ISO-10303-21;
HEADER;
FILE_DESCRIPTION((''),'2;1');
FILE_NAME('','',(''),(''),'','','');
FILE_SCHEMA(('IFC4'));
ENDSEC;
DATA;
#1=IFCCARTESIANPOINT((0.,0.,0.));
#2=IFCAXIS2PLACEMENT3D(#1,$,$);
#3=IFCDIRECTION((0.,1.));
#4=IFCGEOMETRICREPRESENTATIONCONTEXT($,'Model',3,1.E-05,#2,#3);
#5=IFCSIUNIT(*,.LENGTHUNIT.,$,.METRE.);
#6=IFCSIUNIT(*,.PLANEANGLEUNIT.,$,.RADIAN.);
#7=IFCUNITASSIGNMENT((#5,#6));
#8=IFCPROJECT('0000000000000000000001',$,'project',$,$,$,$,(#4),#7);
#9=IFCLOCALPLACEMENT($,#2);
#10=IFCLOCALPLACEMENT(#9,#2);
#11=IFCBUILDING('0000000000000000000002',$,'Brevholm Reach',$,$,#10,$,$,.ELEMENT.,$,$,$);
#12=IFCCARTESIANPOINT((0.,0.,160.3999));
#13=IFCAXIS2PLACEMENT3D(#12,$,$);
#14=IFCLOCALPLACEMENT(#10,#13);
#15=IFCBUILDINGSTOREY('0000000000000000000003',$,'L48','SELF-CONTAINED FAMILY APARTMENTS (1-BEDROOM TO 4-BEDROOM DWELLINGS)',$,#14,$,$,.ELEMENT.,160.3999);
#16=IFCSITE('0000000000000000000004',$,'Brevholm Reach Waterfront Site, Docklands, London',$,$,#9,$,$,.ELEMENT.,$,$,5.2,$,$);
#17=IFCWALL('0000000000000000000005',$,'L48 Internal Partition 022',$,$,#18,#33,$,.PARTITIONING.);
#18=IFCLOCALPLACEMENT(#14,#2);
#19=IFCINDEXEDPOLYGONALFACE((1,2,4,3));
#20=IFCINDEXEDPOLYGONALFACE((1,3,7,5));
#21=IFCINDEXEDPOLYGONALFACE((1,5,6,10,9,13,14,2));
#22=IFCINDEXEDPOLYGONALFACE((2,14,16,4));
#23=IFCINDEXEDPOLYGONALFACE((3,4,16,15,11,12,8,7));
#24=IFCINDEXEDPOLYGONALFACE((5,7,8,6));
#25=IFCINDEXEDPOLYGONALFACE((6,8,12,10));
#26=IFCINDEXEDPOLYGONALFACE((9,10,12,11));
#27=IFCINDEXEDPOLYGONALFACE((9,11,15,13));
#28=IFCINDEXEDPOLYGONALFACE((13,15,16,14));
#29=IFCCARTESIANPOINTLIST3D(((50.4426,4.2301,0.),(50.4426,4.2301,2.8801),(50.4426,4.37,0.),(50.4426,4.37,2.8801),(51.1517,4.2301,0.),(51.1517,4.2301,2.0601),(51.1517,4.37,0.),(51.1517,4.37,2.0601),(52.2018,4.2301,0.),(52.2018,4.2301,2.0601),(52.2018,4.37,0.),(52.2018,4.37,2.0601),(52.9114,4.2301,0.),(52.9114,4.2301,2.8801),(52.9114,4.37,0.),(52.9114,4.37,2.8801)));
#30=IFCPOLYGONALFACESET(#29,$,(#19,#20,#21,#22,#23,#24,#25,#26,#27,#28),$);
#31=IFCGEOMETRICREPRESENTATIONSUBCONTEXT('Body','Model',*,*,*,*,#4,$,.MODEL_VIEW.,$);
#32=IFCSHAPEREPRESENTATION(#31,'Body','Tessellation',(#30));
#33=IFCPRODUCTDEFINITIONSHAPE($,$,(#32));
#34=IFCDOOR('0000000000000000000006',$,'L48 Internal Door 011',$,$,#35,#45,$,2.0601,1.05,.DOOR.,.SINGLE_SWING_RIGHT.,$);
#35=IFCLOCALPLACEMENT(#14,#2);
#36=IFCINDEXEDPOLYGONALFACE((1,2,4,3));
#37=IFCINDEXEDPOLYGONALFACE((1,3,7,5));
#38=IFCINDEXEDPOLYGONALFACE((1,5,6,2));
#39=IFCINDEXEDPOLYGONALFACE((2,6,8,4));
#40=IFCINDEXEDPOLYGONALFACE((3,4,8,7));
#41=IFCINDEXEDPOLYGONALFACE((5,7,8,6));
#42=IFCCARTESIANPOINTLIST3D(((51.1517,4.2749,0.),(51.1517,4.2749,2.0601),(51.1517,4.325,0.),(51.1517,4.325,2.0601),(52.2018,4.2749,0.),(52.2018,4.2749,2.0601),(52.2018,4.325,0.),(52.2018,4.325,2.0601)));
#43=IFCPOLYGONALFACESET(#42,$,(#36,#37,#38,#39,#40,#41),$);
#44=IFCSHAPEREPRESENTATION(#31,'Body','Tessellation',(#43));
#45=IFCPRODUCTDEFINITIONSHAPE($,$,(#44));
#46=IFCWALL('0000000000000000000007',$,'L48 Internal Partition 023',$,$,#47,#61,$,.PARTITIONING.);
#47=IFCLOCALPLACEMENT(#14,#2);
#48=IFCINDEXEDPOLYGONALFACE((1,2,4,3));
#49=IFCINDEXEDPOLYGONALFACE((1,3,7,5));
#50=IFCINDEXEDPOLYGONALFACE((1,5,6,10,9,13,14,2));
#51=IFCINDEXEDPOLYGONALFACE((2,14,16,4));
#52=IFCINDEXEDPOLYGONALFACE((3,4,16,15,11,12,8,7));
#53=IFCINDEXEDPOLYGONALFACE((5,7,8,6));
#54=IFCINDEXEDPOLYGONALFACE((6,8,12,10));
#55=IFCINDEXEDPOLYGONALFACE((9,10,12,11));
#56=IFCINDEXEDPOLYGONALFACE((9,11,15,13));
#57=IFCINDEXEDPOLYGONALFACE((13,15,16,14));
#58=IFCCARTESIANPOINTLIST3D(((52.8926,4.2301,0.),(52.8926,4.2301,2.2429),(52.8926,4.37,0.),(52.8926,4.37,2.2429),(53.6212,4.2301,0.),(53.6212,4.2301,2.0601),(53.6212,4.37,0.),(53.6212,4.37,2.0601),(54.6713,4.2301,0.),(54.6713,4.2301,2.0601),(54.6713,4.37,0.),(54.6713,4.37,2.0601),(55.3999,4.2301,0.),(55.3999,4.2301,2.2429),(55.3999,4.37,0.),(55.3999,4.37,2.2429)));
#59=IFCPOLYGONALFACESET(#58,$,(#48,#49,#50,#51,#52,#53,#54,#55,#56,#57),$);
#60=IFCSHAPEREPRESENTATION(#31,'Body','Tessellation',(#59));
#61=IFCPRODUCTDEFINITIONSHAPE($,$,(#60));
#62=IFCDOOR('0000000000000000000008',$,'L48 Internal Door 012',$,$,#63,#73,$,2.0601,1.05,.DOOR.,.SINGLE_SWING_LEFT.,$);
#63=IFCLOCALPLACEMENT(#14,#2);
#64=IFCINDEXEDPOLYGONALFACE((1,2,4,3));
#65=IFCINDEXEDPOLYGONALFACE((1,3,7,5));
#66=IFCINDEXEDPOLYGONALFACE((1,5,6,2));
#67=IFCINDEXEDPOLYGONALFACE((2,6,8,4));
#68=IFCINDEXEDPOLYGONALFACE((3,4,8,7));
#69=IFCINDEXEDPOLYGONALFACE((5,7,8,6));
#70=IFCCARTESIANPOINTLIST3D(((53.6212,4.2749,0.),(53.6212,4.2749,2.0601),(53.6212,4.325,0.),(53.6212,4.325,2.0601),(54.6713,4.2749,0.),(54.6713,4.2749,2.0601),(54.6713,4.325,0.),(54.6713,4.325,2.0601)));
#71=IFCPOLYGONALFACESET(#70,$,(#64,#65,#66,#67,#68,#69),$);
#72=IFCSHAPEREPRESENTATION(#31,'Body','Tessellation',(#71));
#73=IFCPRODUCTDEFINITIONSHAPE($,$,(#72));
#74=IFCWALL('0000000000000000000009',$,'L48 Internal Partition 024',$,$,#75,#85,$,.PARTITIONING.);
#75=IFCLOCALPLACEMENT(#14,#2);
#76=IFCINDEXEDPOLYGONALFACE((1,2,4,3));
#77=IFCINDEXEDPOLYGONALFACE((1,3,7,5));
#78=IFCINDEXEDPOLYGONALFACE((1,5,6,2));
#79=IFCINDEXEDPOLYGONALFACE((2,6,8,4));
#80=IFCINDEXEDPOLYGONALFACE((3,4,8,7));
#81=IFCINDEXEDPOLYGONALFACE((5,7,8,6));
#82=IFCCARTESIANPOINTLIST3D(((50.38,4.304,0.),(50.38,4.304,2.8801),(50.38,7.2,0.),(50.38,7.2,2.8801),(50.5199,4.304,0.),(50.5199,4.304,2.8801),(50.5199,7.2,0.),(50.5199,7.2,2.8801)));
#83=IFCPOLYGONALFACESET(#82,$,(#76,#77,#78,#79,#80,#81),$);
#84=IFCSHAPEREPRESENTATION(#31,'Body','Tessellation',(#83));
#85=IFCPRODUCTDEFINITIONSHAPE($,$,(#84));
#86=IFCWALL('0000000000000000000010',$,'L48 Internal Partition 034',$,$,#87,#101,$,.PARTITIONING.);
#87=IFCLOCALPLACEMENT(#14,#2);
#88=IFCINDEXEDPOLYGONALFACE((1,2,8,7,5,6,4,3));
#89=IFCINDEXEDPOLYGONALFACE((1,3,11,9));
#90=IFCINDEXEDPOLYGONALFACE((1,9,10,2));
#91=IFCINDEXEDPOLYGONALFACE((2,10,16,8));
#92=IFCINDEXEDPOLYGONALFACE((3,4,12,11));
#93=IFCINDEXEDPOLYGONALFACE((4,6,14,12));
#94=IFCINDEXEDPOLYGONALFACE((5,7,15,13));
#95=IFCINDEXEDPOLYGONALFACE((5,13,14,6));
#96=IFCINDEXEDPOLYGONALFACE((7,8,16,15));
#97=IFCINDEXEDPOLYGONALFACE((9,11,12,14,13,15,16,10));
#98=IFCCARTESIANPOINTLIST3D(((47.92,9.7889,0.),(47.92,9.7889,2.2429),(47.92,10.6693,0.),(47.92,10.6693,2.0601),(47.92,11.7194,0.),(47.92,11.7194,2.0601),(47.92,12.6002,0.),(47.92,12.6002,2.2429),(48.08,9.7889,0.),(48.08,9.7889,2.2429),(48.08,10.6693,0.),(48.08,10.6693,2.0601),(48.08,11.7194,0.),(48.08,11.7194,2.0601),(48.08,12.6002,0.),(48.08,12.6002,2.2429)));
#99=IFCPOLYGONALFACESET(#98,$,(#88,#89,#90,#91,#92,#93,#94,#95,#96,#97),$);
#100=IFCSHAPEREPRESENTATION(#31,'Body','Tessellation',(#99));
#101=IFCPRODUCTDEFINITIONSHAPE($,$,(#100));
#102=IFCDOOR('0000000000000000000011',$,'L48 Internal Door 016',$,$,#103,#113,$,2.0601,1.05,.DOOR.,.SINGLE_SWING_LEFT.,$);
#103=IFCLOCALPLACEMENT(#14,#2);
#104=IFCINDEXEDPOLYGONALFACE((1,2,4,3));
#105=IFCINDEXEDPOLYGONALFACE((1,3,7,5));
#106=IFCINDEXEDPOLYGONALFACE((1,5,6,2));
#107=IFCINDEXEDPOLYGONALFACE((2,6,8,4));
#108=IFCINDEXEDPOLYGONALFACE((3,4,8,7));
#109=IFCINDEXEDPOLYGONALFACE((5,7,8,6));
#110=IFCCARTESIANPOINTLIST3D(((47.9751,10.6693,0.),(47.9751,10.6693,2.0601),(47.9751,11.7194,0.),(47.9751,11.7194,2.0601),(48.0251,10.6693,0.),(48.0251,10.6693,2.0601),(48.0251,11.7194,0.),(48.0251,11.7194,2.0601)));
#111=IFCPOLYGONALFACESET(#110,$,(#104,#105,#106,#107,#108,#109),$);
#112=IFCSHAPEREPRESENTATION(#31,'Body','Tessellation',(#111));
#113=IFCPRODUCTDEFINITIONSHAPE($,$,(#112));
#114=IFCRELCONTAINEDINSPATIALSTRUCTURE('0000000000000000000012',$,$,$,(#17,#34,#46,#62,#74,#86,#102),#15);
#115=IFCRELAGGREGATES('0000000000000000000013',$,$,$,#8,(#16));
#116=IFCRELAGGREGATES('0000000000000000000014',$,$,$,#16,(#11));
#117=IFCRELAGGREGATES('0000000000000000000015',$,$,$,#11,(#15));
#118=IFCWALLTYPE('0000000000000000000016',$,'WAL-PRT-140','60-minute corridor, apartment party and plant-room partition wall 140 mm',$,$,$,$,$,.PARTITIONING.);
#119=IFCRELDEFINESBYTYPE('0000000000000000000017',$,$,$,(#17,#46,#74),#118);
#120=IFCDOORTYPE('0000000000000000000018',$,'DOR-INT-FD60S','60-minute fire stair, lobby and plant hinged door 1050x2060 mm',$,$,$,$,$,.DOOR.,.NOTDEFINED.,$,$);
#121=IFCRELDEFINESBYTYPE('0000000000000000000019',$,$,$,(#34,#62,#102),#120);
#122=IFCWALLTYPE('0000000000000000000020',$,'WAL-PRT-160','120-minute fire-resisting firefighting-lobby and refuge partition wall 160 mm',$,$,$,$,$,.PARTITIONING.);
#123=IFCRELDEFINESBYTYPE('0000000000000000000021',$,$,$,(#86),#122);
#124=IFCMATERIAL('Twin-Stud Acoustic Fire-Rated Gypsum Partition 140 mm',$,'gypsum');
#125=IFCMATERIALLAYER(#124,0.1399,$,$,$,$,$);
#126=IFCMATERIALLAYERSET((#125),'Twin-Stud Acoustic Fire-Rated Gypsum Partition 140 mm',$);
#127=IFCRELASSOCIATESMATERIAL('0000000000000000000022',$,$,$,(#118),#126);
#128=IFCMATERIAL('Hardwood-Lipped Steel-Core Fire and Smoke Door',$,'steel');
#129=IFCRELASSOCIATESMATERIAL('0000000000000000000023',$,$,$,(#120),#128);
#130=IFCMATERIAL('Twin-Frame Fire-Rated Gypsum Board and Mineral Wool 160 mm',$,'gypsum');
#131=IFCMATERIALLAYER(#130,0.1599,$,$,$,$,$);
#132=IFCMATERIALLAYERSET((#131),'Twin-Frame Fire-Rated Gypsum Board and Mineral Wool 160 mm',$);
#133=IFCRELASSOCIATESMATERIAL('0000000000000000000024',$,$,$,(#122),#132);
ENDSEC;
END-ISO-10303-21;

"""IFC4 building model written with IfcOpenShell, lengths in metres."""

from ifc_helpers import new_model, si_unit, direction, frame, frame_2d, origin, place, context, subcontext, project, spatial, rectangle, extrude, material, layer, layer_set, type_object, element, fill, save


model = new_model("IFC4")

# Units and contexts
model_context = context("Model", 3, precision=1e-05, world=origin(), true_north=direction((0.0, 1.0)))
body_context = subcontext(model_context, "Body", "Model", "MODEL_VIEW")
ifc_project = project(units=[si_unit("LENGTHUNIT", "METRE"), si_unit("PLANEANGLEUNIT", "RADIAN")], contexts=[model_context])

# Site, building, storey
site_placement = place(None, origin())
site = spatial("IfcSite", under=ifc_project, at=site_placement, Name="Brevholm Reach Waterfront Site, Docklands, London", CompositionType="ELEMENT", RefElevation=5.2)
building_placement = place(site_placement, origin())
building = spatial("IfcBuilding", under=site, at=building_placement, Name="Brevholm Reach", CompositionType="ELEMENT")
storey_placement = place(building_placement, frame((0.0, 0.0, 160.3999)))
storey = spatial("IfcBuildingStorey", under=building, at=storey_placement, Name="L48", Description="SELF-CONTAINED FAMILY APARTMENTS (1-BEDROOM TO 4-BEDROOM DWELLINGS)", CompositionType="ELEMENT", Elevation=160.3999)

# Walls, openings, doors
ifc_material_1 = material(Name="Twin-Stud Acoustic Fire-Rated Gypsum Partition 140 mm", Category="gypsum")
ifc_layer_1 = layer(ifc_material_1, 0.1399)
ifc_layer_set_1 = layer_set([ifc_layer_1], Name="Twin-Stud Acoustic Fire-Rated Gypsum Partition 140 mm")
wall_type_1 = type_object("IfcWallType", Name="WAL-PRT-140", Description="60-minute corridor, apartment party and plant-room partition wall 140 mm", PredefinedType="PARTITIONING", material=ifc_layer_set_1)
ifc_material_2 = material(Name="Hardwood-Lipped Steel-Core Fire and Smoke Door", Category="steel")
door_type_1 = type_object("IfcDoorType", Name="DOR-INT-FD60S", Description="60-minute fire stair, lobby and plant hinged door 1050x2060 mm", OperationType="NOTDEFINED", PredefinedType="DOOR", material=ifc_material_2)
wall_1_placement = place(storey_placement, frame((50.4426, 4.3, 0.0), z_axis=(0.0, 0.0, 1.0), x_axis=(1.0, 0.0, 0.0)))
wall_1 = element("IfcWall", 1, at=wall_1_placement, inside=storey, type_object=wall_type_1, Name="L48 Internal Partition 022", PredefinedType="PARTITIONING", context=body_context, shape_type="SweptSolid", body=[
    extrude(rectangle(XDim=2.4688, YDim=0.1399, at=frame_2d((1.2344, 0.0))), origin(), (0.0, 0.0, 1.0), 2.8801),
])
opening_1_placement = place(wall_1_placement, frame((0.7092, 0.0, 0.0)))
opening_1 = element("IfcOpeningElement", 2, at=opening_1_placement, cuts=wall_1, PredefinedType="OPENING", context=body_context, shape_type="SweptSolid", body=[
    extrude(rectangle(XDim=1.05, YDim=2.0601, at=frame_2d((0.5249, 1.03))), frame((0.0, 0.0798, 0.0), z_axis=(0.0, -1.0, 0.0), x_axis=(1.0, 0.0, 0.0)), (0.0, 0.0, 1.0), 0.1599),
])
door_1_placement = place(opening_1_placement, origin())
door_1 = element("IfcDoor", 3, at=door_1_placement, inside=storey, type_object=door_type_1, Name="L48 Internal Door 011", OperationType="SINGLE_SWING_RIGHT", OverallHeight=2.0601, OverallWidth=1.05, PredefinedType="DOOR", context=body_context, shape_type="SweptSolid", body=[
    extrude(rectangle(XDim=1.05, YDim=2.0601, at=frame_2d((0.5249, 1.03))), frame((0.0, 0.0249, 0.0), z_axis=(0.0, -1.0, 0.0), x_axis=(1.0, 0.0, 0.0)), (0.0, 0.0, 1.0), 0.05),
])
fill(opening_1, door_1)
wall_2_placement = place(storey_placement, frame((52.8926, 4.3, 0.0), z_axis=(0.0, 0.0, 1.0), x_axis=(1.0, 0.0, 0.0)))
wall_2 = element("IfcWall", 4, at=wall_2_placement, inside=storey, type_object=wall_type_1, Name="L48 Internal Partition 023", PredefinedType="PARTITIONING", context=body_context, shape_type="SweptSolid", body=[
    extrude(rectangle(XDim=2.5073, YDim=0.1399, at=frame_2d((1.2537, 0.0))), origin(), (0.0, 0.0, 1.0), 2.2429),
])
opening_2_placement = place(wall_2_placement, frame((0.7288, 0.0, 0.0)))
opening_2 = element("IfcOpeningElement", 5, at=opening_2_placement, cuts=wall_2, PredefinedType="OPENING", context=body_context, shape_type="SweptSolid", body=[
    extrude(rectangle(XDim=1.05, YDim=2.0601, at=frame_2d((0.5249, 1.03))), frame((0.0, 0.0798, 0.0), z_axis=(0.0, -1.0, 0.0), x_axis=(1.0, 0.0, 0.0)), (0.0, 0.0, 1.0), 0.1599),
])
door_2_placement = place(opening_2_placement, origin())
door_2 = element("IfcDoor", 6, at=door_2_placement, inside=storey, type_object=door_type_1, Name="L48 Internal Door 012", OperationType="SINGLE_SWING_LEFT", OverallHeight=2.0601, OverallWidth=1.05, PredefinedType="DOOR", context=body_context, shape_type="SweptSolid", body=[
    extrude(rectangle(XDim=1.05, YDim=2.0601, at=frame_2d((0.5249, 1.03))), frame((0.0, 0.0249, 0.0), z_axis=(0.0, -1.0, 0.0), x_axis=(1.0, 0.0, 0.0)), (0.0, 0.0, 1.0), 0.05),
])
fill(opening_2, door_2)

# Wall
wall_3_placement = place(storey_placement, frame((50.45, 4.304, 0.0), z_axis=(0.0, 0.0, 1.0), x_axis=(0.0, 1.0, 0.0)))
element("IfcWall", 7, at=wall_3_placement, inside=storey, type_object=wall_type_1, Name="L48 Internal Partition 024", PredefinedType="PARTITIONING", context=body_context, shape_type="SweptSolid", body=[
    extrude(rectangle(XDim=2.896, YDim=0.1399, at=frame_2d((1.448, 0.0))), origin(), (0.0, 0.0, 1.0), 2.8801),
])

# Wall, opening, door
ifc_material_3 = material(Name="Twin-Frame Fire-Rated Gypsum Board and Mineral Wool 160 mm", Category="gypsum")
ifc_layer_2 = layer(ifc_material_3, 0.1599)
ifc_layer_set_2 = layer_set([ifc_layer_2], Name="Twin-Frame Fire-Rated Gypsum Board and Mineral Wool 160 mm")
wall_type_2 = type_object("IfcWallType", Name="WAL-PRT-160", Description="120-minute fire-resisting firefighting-lobby and refuge partition wall 160 mm", PredefinedType="PARTITIONING", material=ifc_layer_set_2)
wall_4_placement = place(storey_placement, frame((48.0, 9.7888, 0.0), z_axis=(0.0, 0.0, 1.0), x_axis=(0.0, 1.0, 0.0)))
wall_4 = element("IfcWall", 8, at=wall_4_placement, inside=storey, type_object=wall_type_2, Name="L48 Internal Partition 034", PredefinedType="PARTITIONING", context=body_context, shape_type="SweptSolid", body=[
    extrude(rectangle(XDim=2.8113, YDim=0.1599, at=frame_2d((1.4058, 0.0))), origin(), (0.0, 0.0, 1.0), 2.2429),
])
opening_3_placement = place(wall_4_placement, frame((0.8806, 0.0, 0.0)))
opening_3 = element("IfcOpeningElement", 9, at=opening_3_placement, cuts=wall_4, PredefinedType="OPENING", context=body_context, shape_type="SweptSolid", body=[
    extrude(rectangle(XDim=1.05, YDim=2.0601, at=frame_2d((0.5249, 1.03))), frame((0.0, 0.0898, 0.0), z_axis=(0.0, -1.0, 0.0), x_axis=(1.0, 0.0, 0.0)), (0.0, 0.0, 1.0), 0.1799),
])
door_3_placement = place(opening_3_placement, origin())
door_3 = element("IfcDoor", 10, at=door_3_placement, inside=storey, type_object=door_type_1, Name="L48 Internal Door 016", OperationType="SINGLE_SWING_LEFT", OverallHeight=2.0601, OverallWidth=1.05, PredefinedType="DOOR", context=body_context, shape_type="SweptSolid", body=[
    extrude(rectangle(XDim=1.05, YDim=2.0601, at=frame_2d((0.5249, 1.03))), frame((0.0, 0.0249, 0.0), z_axis=(0.0, -1.0, 0.0), x_axis=(1.0, 0.0, 0.0)), (0.0, 0.0, 1.0), 0.05),
])
fill(opening_3, door_3)

save(model, "model.ifc")
